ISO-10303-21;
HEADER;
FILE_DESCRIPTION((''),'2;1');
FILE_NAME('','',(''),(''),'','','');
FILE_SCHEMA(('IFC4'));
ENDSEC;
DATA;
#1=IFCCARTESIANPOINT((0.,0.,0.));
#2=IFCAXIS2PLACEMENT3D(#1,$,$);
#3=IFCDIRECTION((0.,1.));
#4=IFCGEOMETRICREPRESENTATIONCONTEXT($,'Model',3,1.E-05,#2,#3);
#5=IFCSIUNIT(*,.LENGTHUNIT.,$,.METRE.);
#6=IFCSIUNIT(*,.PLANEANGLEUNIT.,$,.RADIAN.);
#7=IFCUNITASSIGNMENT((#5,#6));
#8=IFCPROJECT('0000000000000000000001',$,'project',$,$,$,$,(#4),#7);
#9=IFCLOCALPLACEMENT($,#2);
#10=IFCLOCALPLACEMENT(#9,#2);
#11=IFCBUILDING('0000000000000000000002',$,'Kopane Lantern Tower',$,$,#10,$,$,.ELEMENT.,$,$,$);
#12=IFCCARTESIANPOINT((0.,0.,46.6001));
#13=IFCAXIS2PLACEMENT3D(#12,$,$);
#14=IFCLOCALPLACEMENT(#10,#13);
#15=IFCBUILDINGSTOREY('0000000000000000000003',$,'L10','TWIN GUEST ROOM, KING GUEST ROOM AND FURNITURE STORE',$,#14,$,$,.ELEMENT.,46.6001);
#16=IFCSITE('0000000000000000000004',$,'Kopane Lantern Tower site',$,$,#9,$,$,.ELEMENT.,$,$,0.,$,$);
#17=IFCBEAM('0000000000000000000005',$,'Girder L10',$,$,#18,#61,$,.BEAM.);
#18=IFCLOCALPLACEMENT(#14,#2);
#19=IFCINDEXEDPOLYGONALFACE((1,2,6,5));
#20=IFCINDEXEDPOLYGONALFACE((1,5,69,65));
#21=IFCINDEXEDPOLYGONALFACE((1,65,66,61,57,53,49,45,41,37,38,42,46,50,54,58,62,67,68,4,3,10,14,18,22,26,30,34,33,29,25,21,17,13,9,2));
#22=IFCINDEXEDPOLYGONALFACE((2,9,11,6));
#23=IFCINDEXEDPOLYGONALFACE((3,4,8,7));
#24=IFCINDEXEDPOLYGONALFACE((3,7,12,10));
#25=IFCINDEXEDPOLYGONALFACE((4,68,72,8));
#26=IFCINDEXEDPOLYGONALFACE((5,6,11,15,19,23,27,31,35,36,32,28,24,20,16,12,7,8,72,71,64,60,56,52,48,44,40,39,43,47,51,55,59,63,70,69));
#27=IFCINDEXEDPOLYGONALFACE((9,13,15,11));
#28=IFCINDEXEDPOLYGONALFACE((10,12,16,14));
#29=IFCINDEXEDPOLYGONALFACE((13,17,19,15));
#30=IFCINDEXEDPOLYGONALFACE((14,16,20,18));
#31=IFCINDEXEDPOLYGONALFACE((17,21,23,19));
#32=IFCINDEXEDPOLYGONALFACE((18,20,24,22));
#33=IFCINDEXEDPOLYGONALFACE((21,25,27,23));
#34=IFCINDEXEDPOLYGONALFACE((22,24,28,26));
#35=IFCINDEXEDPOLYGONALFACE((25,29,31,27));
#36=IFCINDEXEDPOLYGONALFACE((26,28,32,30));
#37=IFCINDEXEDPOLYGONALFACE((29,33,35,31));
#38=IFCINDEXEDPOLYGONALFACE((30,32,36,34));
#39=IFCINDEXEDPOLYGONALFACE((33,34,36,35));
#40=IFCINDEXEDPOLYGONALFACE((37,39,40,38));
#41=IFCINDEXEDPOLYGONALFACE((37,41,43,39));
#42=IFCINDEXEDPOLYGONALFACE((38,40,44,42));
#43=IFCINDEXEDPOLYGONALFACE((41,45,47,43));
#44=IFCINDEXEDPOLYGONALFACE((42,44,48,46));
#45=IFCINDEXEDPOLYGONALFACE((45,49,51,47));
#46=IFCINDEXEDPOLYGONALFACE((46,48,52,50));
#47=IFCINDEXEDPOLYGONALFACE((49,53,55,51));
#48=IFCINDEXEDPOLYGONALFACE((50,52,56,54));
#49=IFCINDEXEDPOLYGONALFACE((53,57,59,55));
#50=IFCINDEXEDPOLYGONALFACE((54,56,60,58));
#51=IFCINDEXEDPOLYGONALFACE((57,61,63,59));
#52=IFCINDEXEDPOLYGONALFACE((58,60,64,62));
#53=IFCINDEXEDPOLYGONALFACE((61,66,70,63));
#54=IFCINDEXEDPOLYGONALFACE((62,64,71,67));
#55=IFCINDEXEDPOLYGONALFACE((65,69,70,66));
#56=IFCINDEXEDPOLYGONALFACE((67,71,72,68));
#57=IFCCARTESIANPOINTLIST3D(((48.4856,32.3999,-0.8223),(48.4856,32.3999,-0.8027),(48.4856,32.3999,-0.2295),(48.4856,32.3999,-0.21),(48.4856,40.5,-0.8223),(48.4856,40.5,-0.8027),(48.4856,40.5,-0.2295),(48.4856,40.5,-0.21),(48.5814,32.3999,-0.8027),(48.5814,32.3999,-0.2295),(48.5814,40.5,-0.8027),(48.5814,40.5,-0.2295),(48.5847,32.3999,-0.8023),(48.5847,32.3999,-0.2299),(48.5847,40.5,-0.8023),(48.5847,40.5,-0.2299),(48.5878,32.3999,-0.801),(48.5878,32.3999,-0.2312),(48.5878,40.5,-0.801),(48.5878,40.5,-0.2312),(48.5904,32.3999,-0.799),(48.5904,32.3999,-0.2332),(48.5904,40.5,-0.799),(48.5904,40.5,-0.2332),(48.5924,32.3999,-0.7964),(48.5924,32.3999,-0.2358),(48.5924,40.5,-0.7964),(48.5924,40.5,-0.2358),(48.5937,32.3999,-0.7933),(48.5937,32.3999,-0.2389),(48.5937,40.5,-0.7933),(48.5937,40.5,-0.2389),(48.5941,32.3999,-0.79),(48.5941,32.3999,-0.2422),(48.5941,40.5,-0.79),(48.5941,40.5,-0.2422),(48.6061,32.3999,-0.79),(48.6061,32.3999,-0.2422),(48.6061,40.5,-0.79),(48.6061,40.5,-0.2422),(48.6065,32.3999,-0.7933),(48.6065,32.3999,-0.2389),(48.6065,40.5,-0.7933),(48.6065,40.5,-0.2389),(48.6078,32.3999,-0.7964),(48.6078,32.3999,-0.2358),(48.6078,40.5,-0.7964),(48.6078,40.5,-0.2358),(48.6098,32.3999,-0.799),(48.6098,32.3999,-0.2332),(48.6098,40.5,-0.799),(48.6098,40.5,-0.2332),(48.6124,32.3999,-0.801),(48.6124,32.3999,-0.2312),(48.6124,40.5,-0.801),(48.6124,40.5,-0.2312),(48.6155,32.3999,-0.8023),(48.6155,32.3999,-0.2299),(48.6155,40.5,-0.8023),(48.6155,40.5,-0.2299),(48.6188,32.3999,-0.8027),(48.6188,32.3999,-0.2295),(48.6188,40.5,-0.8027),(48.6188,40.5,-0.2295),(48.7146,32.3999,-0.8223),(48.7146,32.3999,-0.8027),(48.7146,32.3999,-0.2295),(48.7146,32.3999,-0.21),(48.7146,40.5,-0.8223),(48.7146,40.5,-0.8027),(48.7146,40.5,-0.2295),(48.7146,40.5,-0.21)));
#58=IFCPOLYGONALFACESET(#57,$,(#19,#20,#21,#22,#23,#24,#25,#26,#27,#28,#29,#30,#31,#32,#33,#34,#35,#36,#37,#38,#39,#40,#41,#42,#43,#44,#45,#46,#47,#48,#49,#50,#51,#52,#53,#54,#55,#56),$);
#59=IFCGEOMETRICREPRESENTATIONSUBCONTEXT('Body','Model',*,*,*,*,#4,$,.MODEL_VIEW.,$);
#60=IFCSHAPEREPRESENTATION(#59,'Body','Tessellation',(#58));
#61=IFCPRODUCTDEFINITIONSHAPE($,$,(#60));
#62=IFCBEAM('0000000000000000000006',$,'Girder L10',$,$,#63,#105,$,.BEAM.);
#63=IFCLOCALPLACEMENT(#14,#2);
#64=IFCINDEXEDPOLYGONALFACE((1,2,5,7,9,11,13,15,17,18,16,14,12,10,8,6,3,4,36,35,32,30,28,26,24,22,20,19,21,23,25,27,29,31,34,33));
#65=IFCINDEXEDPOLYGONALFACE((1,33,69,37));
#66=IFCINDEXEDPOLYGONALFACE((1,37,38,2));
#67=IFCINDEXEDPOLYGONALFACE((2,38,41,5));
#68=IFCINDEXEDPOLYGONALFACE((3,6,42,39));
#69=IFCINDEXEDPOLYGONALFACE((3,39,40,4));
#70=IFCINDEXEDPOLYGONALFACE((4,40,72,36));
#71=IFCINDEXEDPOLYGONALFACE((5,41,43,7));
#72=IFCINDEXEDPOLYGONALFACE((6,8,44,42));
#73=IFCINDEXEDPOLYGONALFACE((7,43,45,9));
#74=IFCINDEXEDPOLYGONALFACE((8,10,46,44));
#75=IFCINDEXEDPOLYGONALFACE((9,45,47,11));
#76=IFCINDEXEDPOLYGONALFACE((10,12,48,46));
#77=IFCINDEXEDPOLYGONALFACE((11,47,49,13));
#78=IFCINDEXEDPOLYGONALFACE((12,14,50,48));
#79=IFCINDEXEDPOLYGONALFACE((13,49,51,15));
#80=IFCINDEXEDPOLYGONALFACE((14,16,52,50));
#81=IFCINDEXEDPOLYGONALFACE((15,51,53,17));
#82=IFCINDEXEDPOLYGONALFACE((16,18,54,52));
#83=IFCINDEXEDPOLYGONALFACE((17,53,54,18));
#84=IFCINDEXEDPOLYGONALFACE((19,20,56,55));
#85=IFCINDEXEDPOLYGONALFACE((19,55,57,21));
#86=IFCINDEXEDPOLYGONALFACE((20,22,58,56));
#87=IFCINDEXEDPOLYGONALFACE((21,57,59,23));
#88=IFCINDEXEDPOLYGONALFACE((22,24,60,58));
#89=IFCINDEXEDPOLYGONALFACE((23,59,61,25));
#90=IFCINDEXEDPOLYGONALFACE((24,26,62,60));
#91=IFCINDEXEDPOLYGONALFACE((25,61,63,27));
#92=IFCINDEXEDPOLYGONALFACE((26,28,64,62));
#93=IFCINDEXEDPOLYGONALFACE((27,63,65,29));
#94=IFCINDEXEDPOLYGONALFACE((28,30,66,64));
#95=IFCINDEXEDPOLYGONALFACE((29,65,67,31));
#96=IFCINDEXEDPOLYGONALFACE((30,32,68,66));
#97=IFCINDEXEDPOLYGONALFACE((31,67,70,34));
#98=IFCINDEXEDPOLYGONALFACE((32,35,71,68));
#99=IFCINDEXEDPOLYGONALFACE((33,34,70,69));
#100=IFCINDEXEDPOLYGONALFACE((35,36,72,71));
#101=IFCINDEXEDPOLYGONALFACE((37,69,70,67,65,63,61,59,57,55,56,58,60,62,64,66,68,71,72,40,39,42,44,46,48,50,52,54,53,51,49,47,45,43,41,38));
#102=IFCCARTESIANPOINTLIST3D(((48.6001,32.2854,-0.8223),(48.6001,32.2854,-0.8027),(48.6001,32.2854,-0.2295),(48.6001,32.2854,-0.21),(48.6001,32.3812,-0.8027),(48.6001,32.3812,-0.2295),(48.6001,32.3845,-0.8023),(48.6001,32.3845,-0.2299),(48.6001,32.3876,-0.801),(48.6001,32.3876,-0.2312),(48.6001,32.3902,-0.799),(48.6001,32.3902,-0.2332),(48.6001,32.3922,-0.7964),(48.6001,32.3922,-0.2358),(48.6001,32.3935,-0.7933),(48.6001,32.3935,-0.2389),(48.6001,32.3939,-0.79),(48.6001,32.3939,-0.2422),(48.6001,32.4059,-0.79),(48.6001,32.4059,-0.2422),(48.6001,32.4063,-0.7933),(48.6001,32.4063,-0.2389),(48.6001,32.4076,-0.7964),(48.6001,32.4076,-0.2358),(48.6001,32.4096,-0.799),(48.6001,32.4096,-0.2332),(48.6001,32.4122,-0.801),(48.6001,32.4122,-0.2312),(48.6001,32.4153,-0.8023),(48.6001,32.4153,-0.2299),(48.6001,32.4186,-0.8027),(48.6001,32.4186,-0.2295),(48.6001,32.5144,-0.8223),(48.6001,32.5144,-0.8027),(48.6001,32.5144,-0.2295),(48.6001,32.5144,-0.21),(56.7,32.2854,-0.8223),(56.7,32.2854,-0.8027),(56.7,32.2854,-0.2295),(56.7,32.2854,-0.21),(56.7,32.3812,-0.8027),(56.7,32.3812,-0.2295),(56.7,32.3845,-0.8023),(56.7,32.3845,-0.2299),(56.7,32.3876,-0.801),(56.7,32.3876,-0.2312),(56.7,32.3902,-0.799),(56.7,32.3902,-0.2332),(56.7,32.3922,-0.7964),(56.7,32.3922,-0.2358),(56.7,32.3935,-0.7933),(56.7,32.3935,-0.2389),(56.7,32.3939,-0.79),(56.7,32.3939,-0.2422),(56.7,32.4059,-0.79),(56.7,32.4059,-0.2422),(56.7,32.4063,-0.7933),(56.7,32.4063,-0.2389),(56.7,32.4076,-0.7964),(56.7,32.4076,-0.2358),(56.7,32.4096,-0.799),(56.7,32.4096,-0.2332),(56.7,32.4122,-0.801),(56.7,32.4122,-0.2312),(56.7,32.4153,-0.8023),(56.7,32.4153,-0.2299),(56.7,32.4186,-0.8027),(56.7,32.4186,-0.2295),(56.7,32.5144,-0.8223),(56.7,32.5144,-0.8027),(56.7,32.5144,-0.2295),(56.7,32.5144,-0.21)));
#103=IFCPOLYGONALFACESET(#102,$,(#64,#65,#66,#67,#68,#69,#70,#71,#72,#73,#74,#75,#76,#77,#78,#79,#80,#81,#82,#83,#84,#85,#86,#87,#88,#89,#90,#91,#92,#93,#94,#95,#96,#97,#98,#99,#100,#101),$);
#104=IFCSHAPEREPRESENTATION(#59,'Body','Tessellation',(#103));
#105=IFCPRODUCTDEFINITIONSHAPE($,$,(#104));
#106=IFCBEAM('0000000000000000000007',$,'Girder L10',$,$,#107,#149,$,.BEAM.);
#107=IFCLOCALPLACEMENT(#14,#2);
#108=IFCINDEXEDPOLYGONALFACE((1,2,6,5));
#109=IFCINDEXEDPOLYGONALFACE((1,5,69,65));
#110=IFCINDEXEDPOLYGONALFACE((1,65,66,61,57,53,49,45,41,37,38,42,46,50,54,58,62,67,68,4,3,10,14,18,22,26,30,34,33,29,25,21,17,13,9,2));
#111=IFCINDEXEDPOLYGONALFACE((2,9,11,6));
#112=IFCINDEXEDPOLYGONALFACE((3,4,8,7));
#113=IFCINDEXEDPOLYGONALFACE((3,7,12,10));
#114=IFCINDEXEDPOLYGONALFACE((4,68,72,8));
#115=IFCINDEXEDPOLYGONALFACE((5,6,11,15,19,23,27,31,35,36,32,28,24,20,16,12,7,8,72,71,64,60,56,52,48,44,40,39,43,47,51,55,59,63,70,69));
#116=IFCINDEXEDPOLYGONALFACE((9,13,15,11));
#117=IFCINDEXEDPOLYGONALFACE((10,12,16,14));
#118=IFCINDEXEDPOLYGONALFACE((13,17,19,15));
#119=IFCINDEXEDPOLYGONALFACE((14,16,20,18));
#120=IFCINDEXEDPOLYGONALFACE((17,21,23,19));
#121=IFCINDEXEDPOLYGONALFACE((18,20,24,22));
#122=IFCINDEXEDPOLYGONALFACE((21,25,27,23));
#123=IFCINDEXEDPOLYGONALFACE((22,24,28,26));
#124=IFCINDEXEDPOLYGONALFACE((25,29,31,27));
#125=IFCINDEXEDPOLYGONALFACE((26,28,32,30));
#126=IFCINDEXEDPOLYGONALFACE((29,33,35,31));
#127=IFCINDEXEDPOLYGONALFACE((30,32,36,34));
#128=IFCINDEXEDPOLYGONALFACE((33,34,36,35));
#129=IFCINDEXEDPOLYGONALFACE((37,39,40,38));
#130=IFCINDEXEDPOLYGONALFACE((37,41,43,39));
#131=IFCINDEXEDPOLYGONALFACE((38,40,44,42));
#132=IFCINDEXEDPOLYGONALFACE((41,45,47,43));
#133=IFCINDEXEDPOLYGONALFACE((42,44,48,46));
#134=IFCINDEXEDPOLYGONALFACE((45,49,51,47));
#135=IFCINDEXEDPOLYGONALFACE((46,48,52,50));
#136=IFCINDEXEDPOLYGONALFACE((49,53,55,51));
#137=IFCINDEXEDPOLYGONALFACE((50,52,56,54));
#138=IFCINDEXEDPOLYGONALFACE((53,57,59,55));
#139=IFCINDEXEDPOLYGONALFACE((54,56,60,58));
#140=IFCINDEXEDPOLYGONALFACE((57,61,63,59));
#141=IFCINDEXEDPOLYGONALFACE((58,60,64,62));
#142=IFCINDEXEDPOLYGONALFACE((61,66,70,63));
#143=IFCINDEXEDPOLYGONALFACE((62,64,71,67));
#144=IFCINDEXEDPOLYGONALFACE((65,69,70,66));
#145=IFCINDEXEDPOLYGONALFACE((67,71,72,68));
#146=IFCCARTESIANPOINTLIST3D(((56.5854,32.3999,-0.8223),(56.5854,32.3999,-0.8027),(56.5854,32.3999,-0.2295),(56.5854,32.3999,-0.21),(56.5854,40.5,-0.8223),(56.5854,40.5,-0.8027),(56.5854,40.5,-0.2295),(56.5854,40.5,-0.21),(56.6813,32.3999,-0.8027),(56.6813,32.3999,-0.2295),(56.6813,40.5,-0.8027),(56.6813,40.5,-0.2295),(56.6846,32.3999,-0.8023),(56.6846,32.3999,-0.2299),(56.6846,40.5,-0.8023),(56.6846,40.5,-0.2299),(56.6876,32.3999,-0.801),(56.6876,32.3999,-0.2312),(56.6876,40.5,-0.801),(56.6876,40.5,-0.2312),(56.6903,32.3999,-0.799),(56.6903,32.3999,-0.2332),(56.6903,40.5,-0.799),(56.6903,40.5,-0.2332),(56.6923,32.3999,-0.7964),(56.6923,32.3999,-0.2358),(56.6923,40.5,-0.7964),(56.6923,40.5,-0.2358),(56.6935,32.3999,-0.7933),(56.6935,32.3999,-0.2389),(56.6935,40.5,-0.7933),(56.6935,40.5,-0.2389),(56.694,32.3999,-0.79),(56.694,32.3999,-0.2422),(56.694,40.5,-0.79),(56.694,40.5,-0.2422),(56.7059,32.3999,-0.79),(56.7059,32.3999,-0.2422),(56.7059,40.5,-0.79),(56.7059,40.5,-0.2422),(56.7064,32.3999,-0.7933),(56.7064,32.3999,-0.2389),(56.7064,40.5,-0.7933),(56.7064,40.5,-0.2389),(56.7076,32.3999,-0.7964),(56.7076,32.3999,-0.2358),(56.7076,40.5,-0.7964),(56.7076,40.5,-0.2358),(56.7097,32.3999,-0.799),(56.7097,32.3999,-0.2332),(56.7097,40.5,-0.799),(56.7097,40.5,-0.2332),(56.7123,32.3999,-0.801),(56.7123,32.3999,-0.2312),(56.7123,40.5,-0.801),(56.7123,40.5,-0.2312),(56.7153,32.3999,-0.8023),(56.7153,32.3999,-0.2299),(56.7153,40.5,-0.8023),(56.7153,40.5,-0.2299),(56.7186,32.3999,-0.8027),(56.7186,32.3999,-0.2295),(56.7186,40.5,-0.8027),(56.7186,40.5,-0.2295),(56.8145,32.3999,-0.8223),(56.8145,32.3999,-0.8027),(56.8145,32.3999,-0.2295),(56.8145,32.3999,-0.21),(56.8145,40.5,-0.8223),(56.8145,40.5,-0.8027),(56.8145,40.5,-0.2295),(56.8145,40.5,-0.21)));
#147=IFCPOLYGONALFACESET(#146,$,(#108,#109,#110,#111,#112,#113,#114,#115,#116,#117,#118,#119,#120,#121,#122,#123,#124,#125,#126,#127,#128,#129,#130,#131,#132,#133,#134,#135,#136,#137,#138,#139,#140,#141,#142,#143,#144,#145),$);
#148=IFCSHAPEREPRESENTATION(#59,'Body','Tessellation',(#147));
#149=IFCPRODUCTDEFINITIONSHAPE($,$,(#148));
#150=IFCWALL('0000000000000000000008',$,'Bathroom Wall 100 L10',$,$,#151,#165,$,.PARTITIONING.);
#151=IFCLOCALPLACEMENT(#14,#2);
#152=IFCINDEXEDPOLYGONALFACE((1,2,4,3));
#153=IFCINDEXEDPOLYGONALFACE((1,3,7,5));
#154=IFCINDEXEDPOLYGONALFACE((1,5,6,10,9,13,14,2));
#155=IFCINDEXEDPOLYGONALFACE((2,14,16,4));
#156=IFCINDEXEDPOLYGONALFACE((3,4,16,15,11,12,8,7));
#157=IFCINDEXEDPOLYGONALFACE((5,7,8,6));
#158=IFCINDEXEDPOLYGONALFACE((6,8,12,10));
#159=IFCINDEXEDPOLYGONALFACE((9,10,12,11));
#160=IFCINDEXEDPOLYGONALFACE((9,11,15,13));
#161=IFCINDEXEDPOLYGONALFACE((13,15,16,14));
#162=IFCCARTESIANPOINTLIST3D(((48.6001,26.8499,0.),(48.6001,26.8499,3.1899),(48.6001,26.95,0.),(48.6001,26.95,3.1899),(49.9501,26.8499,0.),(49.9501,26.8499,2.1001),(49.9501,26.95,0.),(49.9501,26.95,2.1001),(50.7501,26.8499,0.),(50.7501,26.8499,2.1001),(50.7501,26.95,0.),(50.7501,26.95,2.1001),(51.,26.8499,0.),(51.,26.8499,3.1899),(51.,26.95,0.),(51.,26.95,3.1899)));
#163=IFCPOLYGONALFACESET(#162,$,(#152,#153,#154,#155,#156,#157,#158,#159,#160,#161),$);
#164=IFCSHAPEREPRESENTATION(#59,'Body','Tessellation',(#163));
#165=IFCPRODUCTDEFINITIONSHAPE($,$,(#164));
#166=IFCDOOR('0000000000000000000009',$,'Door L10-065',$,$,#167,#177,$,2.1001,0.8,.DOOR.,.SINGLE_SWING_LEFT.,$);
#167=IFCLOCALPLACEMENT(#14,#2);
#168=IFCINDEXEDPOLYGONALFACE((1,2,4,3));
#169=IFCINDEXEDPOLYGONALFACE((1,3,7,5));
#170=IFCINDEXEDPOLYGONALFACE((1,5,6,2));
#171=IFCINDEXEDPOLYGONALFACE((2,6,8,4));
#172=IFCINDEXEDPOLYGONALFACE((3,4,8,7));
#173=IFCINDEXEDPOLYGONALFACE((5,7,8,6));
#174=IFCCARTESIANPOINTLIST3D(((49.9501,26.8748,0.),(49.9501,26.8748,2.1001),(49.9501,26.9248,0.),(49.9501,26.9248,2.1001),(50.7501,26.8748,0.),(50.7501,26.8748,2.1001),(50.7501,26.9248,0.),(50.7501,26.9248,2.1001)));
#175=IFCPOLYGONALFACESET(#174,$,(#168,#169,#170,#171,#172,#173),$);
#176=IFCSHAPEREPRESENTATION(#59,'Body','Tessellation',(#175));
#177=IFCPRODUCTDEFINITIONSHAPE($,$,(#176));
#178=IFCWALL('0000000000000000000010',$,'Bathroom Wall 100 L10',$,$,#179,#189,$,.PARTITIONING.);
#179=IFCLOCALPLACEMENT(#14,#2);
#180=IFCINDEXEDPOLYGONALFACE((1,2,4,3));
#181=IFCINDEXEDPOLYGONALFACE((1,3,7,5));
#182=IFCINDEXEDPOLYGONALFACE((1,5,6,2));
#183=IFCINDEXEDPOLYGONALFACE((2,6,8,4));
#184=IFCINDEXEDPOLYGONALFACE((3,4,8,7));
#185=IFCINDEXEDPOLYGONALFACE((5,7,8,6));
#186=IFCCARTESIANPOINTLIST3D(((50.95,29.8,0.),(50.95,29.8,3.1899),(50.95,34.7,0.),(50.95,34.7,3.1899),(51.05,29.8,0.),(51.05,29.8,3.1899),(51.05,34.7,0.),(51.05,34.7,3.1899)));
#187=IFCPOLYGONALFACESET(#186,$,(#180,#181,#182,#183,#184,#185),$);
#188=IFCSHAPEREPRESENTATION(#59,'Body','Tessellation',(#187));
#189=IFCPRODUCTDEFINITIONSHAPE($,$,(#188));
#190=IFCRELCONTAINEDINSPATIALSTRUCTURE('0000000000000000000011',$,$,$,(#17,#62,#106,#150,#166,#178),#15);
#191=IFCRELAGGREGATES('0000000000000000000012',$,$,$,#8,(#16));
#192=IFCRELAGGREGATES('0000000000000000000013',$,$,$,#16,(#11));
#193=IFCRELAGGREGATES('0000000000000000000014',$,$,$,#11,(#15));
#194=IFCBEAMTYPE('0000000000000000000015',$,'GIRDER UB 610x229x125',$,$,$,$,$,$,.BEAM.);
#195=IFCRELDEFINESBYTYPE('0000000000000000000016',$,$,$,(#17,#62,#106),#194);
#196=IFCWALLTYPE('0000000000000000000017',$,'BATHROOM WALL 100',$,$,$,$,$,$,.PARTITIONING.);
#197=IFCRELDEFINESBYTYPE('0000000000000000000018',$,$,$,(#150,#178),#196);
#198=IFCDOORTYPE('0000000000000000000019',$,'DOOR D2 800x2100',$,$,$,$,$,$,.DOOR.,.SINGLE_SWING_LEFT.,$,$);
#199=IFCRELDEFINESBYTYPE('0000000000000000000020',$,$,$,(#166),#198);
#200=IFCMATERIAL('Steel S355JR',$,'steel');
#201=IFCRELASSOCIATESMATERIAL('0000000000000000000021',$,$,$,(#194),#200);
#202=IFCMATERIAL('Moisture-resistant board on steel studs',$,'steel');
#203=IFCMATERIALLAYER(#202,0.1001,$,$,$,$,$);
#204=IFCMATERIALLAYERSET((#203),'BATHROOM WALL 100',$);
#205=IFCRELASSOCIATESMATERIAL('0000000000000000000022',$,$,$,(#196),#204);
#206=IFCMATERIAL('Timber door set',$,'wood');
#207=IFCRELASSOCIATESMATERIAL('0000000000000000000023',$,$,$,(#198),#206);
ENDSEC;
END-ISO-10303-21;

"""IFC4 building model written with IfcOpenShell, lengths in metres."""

from ifc_helpers import new_model, si_unit, direction, frame, frame_2d, origin, origin_2d, place, context, subcontext, project, spatial, rectangle, i_section, extrude, material, layer, layer_set, material_profile, profile_set, type_object, element, fill, save


model = new_model("IFC4")

# Units and contexts
model_context = context("Model", 3, precision=1e-05, world=origin(), true_north=direction((0.0, 1.0)))
body_context = subcontext(model_context, "Body", "Model", "MODEL_VIEW")
ifc_project = project(units=[si_unit("LENGTHUNIT", "METRE"), si_unit("PLANEANGLEUNIT", "RADIAN")], contexts=[model_context])

# Site, building, storey
site_placement = place(None, origin())
site = spatial("IfcSite", under=ifc_project, at=site_placement, Name="Kopane Lantern Tower site", CompositionType="ELEMENT", RefElevation=0.0)
building_placement = place(site_placement, origin())
building = spatial("IfcBuilding", under=site, at=building_placement, Name="Kopane Lantern Tower", CompositionType="ELEMENT")
storey_placement = place(building_placement, frame((0.0, 0.0, 46.6001)))
storey = spatial("IfcBuildingStorey", under=building, at=storey_placement, Name="L10", Description="TWIN GUEST ROOM, KING GUEST ROOM AND FURNITURE STORE", CompositionType="ELEMENT", Elevation=46.6001)

# Beams
ifc_material_1 = material(Name="Steel S355JR", Category="steel")
ifc_material_profile_1 = material_profile(ifc_material_1, i_section(OverallWidth=0.229, OverallDepth=0.6123, WebThickness=0.012, FlangeThickness=0.0195, FilletRadius=0.0127, at=origin_2d()), Name="UB 610x229x125")
ifc_profile_set_1 = profile_set([ifc_material_profile_1], Name="Steel S355JR")
beam_type = type_object("IfcBeamType", Name="GIRDER UB 610x229x125", PredefinedType="BEAM", material=ifc_profile_set_1)
for number, where, z_axis, x_axis, name in (
    (1, (48.6001, 32.3999, -0.5161), (0.0, 1.0, 0.0), (-1.0, 0.0, 0.0), "Girder L10"),
):
    element("IfcBeam", number, at=place(storey_placement, frame(where, z_axis=z_axis, x_axis=x_axis)), inside=storey, type_object=beam_type, Name=name, PredefinedType="BEAM", context=body_context, shape_type="SweptSolid", body=[
        extrude(i_section(OverallWidth=0.229, OverallDepth=0.6123, WebThickness=0.012, FlangeThickness=0.0195, FilletRadius=0.0127, at=origin_2d()), origin(), (0.0, 0.0, 1.0), 8.1001),
    ])
beam_1_placement = place(storey_placement, frame((48.6001, 32.3999, -0.5161), z_axis=(1.0, 0.0, 0.0), x_axis=(0.0, 1.0, 0.0)))
element("IfcBeam", 2, at=beam_1_placement, inside=storey, type_object=beam_type, Name="Girder L10", PredefinedType="BEAM", context=body_context, shape_type="SweptSolid", body=[
    extrude(i_section(OverallWidth=0.229, OverallDepth=0.6123, WebThickness=0.012, FlangeThickness=0.0195, FilletRadius=0.0127, at=origin_2d()), origin(), (0.0, 0.0, 1.0), 8.0999),
])
beam_2_placement = place(storey_placement, frame((56.7, 32.3999, -0.5161), z_axis=(0.0, 1.0, 0.0), x_axis=(-1.0, 0.0, 0.0)))
element("IfcBeam", 3, at=beam_2_placement, inside=storey, type_object=beam_type, Name="Girder L10", PredefinedType="BEAM", context=body_context, shape_type="SweptSolid", body=[
    extrude(i_section(OverallWidth=0.229, OverallDepth=0.6123, WebThickness=0.012, FlangeThickness=0.0195, FilletRadius=0.0127, at=origin_2d()), origin(), (0.0, 0.0, 1.0), 8.1001),
])

# Wall, opening, door
ifc_material_2 = material(Name="Moisture-resistant board on steel studs", Category="steel")
ifc_layer_1 = layer(ifc_material_2, 0.1001)
ifc_layer_set_1 = layer_set([ifc_layer_1], Name="BATHROOM WALL 100")
wall_type_1 = type_object("IfcWallType", Name="BATHROOM WALL 100", PredefinedType="PARTITIONING", material=ifc_layer_set_1)
wall_1_placement = place(storey_placement, frame((48.6001, 26.8999, 0.0), z_axis=(0.0, 0.0, 1.0), x_axis=(1.0, 0.0, 0.0)))
wall_1 = element("IfcWall", 4, at=wall_1_placement, inside=storey, type_object=wall_type_1, Name="Bathroom Wall 100 L10", PredefinedType="PARTITIONING", context=body_context, shape_type="SweptSolid", body=[
    extrude(rectangle(XDim=2.3999, YDim=0.1001, at=frame_2d((1.2, 0.0))), origin(), (0.0, 0.0, 1.0), 3.1899),
])
opening_1_placement = place(wall_1_placement, frame((1.3501, 0.0, 0.0)))
opening_1 = element("IfcOpeningElement", 5, at=opening_1_placement, cuts=wall_1, PredefinedType="OPENING", context=body_context, shape_type="SweptSolid", body=[
    extrude(rectangle(XDim=0.8, YDim=2.1001, at=frame_2d((0.3999, 1.05))), frame((0.0, 0.0601, 0.0), z_axis=(0.0, -1.0, 0.0), x_axis=(1.0, 0.0, 0.0)), (0.0, 0.0, 1.0), 0.1201),
])
ifc_material_3 = material(Name="Timber door set", Category="wood")
door_type = type_object("IfcDoorType", Name="DOOR D2 800x2100", OperationType="SINGLE_SWING_LEFT", PredefinedType="DOOR", material=ifc_material_3)
door_1_placement = place(opening_1_placement, origin())
door_1 = element("IfcDoor", 6, at=door_1_placement, inside=storey, type_object=door_type, Name="Door L10-065", OperationType="SINGLE_SWING_LEFT", OverallHeight=2.1001, OverallWidth=0.8, PredefinedType="DOOR", context=body_context, shape_type="SweptSolid", body=[
    extrude(rectangle(XDim=0.8, YDim=2.1001, at=frame_2d((0.3999, 1.05))), frame((0.0, 0.0249, 0.0), z_axis=(0.0, -1.0, 0.0), x_axis=(1.0, 0.0, 0.0)), (0.0, 0.0, 1.0), 0.05),
])
fill(opening_1, door_1)

# Wall
wall_2_placement = place(storey_placement, frame((51.0, 29.8, 0.0), z_axis=(0.0, 0.0, 1.0), x_axis=(0.0, 1.0, 0.0)))
element("IfcWall", 7, at=wall_2_placement, inside=storey, type_object=wall_type_1, Name="Bathroom Wall 100 L10", PredefinedType="PARTITIONING", context=body_context, shape_type="SweptSolid", body=[
    extrude(rectangle(XDim=4.8999, YDim=0.1001, at=frame_2d((2.45, 0.0))), origin(), (0.0, 0.0, 1.0), 3.1899),
])

save(model, "model.ifc")
